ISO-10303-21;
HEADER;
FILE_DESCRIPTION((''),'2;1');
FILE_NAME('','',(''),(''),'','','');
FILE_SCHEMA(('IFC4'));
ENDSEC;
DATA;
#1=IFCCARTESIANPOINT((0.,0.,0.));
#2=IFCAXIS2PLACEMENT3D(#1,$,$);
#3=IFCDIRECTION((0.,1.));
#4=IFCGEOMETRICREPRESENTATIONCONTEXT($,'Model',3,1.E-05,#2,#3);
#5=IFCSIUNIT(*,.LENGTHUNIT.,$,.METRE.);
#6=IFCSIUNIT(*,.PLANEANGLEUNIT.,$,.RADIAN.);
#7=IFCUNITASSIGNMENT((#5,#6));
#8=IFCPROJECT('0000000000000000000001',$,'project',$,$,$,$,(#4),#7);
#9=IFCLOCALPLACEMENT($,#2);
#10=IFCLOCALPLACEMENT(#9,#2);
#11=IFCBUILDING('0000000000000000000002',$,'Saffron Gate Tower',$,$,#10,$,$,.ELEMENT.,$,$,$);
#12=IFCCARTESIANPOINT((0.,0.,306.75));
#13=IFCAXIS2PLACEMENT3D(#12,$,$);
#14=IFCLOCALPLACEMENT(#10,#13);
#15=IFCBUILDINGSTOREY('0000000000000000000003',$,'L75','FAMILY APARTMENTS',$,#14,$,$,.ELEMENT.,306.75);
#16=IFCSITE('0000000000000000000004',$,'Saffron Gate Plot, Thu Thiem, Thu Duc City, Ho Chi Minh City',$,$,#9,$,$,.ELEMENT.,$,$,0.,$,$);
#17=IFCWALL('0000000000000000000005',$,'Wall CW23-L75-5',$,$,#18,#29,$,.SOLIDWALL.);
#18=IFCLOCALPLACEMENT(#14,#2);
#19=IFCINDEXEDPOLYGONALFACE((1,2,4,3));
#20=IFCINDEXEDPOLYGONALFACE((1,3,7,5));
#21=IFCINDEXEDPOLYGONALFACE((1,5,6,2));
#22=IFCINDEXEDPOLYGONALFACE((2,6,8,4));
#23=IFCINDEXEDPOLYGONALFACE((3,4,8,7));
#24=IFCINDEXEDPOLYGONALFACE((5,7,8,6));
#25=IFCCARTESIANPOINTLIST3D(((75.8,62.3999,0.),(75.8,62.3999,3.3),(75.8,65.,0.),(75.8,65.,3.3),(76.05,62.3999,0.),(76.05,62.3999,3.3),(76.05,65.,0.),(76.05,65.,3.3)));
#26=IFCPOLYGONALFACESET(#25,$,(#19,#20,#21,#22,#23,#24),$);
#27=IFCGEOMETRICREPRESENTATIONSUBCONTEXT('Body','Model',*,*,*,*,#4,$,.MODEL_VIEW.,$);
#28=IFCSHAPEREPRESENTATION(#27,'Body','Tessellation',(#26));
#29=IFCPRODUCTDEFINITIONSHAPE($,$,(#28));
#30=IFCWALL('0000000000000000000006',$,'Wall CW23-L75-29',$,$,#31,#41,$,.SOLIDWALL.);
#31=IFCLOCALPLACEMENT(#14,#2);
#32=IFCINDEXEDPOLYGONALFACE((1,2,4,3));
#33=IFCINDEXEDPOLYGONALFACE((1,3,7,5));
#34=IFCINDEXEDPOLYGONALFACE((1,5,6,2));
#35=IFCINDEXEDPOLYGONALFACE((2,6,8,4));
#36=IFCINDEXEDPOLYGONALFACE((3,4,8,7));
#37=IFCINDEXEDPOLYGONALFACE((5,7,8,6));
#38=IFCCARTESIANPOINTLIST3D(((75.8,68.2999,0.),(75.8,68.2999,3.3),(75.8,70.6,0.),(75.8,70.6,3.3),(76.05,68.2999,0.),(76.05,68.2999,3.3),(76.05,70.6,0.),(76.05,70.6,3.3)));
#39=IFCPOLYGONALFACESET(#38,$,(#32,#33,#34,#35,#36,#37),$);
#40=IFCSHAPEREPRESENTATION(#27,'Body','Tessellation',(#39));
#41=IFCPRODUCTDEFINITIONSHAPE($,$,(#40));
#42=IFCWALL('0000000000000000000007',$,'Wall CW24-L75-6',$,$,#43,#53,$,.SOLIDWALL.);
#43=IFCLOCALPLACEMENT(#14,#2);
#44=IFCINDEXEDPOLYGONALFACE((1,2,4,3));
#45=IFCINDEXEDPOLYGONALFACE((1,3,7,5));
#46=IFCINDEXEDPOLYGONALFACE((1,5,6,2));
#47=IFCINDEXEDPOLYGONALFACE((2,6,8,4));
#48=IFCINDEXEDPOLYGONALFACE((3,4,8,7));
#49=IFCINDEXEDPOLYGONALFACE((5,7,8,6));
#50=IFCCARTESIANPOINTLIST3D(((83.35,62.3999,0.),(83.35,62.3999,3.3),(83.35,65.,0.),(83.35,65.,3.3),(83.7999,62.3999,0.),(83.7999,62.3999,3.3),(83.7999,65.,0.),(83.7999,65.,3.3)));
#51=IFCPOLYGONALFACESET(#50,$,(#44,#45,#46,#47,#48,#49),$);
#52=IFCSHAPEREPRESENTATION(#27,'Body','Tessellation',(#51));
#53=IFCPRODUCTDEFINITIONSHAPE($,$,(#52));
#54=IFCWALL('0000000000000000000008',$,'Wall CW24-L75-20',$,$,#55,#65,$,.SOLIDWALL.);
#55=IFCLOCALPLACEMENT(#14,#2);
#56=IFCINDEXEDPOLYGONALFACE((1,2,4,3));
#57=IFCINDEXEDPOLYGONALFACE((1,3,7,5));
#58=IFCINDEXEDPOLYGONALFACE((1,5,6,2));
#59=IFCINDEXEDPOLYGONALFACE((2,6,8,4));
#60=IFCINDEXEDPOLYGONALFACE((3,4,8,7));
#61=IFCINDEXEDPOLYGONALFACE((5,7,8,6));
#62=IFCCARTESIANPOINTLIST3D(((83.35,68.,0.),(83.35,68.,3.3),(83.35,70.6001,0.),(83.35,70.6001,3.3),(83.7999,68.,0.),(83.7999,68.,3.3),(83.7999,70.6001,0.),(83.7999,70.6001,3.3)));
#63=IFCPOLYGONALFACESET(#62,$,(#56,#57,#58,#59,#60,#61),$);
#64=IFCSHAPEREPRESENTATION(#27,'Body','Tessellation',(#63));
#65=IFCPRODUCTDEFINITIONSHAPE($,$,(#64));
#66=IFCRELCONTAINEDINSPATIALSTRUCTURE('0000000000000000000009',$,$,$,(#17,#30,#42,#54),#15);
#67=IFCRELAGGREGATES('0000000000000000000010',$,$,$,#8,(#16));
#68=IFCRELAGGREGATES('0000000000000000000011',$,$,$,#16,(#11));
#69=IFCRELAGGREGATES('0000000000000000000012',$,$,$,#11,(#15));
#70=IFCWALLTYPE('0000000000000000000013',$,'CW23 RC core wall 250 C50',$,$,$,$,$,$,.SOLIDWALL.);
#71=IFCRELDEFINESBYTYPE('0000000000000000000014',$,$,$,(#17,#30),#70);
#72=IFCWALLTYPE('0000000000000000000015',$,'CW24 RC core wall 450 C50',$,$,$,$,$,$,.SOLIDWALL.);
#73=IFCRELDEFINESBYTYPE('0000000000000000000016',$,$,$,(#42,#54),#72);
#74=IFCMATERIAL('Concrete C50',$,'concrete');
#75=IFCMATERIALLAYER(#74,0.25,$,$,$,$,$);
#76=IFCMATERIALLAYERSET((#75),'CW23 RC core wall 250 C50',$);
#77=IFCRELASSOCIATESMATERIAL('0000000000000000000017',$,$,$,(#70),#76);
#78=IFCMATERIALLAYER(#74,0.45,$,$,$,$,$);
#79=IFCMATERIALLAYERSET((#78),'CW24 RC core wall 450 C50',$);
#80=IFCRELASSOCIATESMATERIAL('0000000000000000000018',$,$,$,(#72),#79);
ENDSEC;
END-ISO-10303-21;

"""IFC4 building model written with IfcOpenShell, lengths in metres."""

from ifc_helpers import new_model, si_unit, direction, frame, frame_2d, origin, place, context, subcontext, project, spatial, rectangle, extrude, material, layer, layer_set, type_object, element, save


model = new_model("IFC4")

# Units and contexts
model_context = context("Model", 3, precision=1e-05, world=origin(), true_north=direction((0.0, 1.0)))
body_context = subcontext(model_context, "Body", "Model", "MODEL_VIEW")
ifc_project = project(units=[si_unit("LENGTHUNIT", "METRE"), si_unit("PLANEANGLEUNIT", "RADIAN")], contexts=[model_context])

# Site, building, storey
site_placement = place(None, origin())
site = spatial("IfcSite", under=ifc_project, at=site_placement, Name="Saffron Gate Plot, Thu Thiem, Thu Duc City, Ho Chi Minh City", CompositionType="ELEMENT", RefElevation=0.0)
building_placement = place(site_placement, origin())
building = spatial("IfcBuilding", under=site, at=building_placement, Name="Saffron Gate Tower", CompositionType="ELEMENT")
storey_placement = place(building_placement, frame((0.0, 0.0, 306.75)))
storey = spatial("IfcBuildingStorey", under=building, at=storey_placement, Name="L75", Description="FAMILY APARTMENTS", CompositionType="ELEMENT", Elevation=306.75)

# Walls
ifc_material_1 = material(Name="Concrete C50", Category="concrete")
ifc_layer_1 = layer(ifc_material_1, 0.25)
ifc_layer_set_1 = layer_set([ifc_layer_1], Name="CW23 RC core wall 250 C50")
wall_type_1 = type_object("IfcWallType", Name="CW23 RC core wall 250 C50", PredefinedType="SOLIDWALL", material=ifc_layer_set_1)
wall_1_placement = place(storey_placement, frame((75.925, 62.3999, 0.0), z_axis=(0.0, 0.0, 1.0), x_axis=(0.0, 1.0, 0.0)))
element("IfcWall", 1, at=wall_1_placement, inside=storey, type_object=wall_type_1, Name="Wall CW23-L75-5", PredefinedType="SOLIDWALL", context=body_context, shape_type="SweptSolid", body=[
    extrude(rectangle(XDim=2.6001, YDim=0.25, at=frame_2d((1.3, 0.0))), origin(), (0.0, 0.0, 1.0), 3.3),
])
wall_2_placement = place(storey_placement, frame((75.925, 68.3, 0.0), z_axis=(0.0, 0.0, 1.0), x_axis=(0.0, 1.0, 0.0)))
element("IfcWall", 2, at=wall_2_placement, inside=storey, type_object=wall_type_1, Name="Wall CW23-L75-29", PredefinedType="SOLIDWALL", context=body_context, shape_type="SweptSolid", body=[
    extrude(rectangle(XDim=2.3, YDim=0.25, at=frame_2d((1.1499, 0.0))), origin(), (0.0, 0.0, 1.0), 3.3),
])
ifc_layer_2 = layer(ifc_material_1, 0.45)
ifc_layer_set_2 = layer_set([ifc_layer_2], Name="CW24 RC core wall 450 C50")
wall_type_2 = type_object("IfcWallType", Name="CW24 RC core wall 450 C50", PredefinedType="SOLIDWALL", material=ifc_layer_set_2)
for number, where, z_axis, x_axis, name in (
    (3, (83.575, 62.3999, 0.0), (0.0, 0.0, 1.0), (0.0, 1.0, 0.0), "Wall CW24-L75-6"),
    (4, (83.575, 68.0, 0.0), (0.0, 0.0, 1.0), (0.0, 1.0, 0.0), "Wall CW24-L75-20"),
):
    element("IfcWall", number, at=place(storey_placement, frame(where, z_axis=z_axis, x_axis=x_axis)), inside=storey, type_object=wall_type_2, Name=name, PredefinedType="SOLIDWALL", context=body_context, shape_type="SweptSolid", body=[
        extrude(rectangle(XDim=2.6001, YDim=0.45, at=frame_2d((1.3, 0.0))), origin(), (0.0, 0.0, 1.0), 3.3),
    ])

save(model, "model.ifc")
